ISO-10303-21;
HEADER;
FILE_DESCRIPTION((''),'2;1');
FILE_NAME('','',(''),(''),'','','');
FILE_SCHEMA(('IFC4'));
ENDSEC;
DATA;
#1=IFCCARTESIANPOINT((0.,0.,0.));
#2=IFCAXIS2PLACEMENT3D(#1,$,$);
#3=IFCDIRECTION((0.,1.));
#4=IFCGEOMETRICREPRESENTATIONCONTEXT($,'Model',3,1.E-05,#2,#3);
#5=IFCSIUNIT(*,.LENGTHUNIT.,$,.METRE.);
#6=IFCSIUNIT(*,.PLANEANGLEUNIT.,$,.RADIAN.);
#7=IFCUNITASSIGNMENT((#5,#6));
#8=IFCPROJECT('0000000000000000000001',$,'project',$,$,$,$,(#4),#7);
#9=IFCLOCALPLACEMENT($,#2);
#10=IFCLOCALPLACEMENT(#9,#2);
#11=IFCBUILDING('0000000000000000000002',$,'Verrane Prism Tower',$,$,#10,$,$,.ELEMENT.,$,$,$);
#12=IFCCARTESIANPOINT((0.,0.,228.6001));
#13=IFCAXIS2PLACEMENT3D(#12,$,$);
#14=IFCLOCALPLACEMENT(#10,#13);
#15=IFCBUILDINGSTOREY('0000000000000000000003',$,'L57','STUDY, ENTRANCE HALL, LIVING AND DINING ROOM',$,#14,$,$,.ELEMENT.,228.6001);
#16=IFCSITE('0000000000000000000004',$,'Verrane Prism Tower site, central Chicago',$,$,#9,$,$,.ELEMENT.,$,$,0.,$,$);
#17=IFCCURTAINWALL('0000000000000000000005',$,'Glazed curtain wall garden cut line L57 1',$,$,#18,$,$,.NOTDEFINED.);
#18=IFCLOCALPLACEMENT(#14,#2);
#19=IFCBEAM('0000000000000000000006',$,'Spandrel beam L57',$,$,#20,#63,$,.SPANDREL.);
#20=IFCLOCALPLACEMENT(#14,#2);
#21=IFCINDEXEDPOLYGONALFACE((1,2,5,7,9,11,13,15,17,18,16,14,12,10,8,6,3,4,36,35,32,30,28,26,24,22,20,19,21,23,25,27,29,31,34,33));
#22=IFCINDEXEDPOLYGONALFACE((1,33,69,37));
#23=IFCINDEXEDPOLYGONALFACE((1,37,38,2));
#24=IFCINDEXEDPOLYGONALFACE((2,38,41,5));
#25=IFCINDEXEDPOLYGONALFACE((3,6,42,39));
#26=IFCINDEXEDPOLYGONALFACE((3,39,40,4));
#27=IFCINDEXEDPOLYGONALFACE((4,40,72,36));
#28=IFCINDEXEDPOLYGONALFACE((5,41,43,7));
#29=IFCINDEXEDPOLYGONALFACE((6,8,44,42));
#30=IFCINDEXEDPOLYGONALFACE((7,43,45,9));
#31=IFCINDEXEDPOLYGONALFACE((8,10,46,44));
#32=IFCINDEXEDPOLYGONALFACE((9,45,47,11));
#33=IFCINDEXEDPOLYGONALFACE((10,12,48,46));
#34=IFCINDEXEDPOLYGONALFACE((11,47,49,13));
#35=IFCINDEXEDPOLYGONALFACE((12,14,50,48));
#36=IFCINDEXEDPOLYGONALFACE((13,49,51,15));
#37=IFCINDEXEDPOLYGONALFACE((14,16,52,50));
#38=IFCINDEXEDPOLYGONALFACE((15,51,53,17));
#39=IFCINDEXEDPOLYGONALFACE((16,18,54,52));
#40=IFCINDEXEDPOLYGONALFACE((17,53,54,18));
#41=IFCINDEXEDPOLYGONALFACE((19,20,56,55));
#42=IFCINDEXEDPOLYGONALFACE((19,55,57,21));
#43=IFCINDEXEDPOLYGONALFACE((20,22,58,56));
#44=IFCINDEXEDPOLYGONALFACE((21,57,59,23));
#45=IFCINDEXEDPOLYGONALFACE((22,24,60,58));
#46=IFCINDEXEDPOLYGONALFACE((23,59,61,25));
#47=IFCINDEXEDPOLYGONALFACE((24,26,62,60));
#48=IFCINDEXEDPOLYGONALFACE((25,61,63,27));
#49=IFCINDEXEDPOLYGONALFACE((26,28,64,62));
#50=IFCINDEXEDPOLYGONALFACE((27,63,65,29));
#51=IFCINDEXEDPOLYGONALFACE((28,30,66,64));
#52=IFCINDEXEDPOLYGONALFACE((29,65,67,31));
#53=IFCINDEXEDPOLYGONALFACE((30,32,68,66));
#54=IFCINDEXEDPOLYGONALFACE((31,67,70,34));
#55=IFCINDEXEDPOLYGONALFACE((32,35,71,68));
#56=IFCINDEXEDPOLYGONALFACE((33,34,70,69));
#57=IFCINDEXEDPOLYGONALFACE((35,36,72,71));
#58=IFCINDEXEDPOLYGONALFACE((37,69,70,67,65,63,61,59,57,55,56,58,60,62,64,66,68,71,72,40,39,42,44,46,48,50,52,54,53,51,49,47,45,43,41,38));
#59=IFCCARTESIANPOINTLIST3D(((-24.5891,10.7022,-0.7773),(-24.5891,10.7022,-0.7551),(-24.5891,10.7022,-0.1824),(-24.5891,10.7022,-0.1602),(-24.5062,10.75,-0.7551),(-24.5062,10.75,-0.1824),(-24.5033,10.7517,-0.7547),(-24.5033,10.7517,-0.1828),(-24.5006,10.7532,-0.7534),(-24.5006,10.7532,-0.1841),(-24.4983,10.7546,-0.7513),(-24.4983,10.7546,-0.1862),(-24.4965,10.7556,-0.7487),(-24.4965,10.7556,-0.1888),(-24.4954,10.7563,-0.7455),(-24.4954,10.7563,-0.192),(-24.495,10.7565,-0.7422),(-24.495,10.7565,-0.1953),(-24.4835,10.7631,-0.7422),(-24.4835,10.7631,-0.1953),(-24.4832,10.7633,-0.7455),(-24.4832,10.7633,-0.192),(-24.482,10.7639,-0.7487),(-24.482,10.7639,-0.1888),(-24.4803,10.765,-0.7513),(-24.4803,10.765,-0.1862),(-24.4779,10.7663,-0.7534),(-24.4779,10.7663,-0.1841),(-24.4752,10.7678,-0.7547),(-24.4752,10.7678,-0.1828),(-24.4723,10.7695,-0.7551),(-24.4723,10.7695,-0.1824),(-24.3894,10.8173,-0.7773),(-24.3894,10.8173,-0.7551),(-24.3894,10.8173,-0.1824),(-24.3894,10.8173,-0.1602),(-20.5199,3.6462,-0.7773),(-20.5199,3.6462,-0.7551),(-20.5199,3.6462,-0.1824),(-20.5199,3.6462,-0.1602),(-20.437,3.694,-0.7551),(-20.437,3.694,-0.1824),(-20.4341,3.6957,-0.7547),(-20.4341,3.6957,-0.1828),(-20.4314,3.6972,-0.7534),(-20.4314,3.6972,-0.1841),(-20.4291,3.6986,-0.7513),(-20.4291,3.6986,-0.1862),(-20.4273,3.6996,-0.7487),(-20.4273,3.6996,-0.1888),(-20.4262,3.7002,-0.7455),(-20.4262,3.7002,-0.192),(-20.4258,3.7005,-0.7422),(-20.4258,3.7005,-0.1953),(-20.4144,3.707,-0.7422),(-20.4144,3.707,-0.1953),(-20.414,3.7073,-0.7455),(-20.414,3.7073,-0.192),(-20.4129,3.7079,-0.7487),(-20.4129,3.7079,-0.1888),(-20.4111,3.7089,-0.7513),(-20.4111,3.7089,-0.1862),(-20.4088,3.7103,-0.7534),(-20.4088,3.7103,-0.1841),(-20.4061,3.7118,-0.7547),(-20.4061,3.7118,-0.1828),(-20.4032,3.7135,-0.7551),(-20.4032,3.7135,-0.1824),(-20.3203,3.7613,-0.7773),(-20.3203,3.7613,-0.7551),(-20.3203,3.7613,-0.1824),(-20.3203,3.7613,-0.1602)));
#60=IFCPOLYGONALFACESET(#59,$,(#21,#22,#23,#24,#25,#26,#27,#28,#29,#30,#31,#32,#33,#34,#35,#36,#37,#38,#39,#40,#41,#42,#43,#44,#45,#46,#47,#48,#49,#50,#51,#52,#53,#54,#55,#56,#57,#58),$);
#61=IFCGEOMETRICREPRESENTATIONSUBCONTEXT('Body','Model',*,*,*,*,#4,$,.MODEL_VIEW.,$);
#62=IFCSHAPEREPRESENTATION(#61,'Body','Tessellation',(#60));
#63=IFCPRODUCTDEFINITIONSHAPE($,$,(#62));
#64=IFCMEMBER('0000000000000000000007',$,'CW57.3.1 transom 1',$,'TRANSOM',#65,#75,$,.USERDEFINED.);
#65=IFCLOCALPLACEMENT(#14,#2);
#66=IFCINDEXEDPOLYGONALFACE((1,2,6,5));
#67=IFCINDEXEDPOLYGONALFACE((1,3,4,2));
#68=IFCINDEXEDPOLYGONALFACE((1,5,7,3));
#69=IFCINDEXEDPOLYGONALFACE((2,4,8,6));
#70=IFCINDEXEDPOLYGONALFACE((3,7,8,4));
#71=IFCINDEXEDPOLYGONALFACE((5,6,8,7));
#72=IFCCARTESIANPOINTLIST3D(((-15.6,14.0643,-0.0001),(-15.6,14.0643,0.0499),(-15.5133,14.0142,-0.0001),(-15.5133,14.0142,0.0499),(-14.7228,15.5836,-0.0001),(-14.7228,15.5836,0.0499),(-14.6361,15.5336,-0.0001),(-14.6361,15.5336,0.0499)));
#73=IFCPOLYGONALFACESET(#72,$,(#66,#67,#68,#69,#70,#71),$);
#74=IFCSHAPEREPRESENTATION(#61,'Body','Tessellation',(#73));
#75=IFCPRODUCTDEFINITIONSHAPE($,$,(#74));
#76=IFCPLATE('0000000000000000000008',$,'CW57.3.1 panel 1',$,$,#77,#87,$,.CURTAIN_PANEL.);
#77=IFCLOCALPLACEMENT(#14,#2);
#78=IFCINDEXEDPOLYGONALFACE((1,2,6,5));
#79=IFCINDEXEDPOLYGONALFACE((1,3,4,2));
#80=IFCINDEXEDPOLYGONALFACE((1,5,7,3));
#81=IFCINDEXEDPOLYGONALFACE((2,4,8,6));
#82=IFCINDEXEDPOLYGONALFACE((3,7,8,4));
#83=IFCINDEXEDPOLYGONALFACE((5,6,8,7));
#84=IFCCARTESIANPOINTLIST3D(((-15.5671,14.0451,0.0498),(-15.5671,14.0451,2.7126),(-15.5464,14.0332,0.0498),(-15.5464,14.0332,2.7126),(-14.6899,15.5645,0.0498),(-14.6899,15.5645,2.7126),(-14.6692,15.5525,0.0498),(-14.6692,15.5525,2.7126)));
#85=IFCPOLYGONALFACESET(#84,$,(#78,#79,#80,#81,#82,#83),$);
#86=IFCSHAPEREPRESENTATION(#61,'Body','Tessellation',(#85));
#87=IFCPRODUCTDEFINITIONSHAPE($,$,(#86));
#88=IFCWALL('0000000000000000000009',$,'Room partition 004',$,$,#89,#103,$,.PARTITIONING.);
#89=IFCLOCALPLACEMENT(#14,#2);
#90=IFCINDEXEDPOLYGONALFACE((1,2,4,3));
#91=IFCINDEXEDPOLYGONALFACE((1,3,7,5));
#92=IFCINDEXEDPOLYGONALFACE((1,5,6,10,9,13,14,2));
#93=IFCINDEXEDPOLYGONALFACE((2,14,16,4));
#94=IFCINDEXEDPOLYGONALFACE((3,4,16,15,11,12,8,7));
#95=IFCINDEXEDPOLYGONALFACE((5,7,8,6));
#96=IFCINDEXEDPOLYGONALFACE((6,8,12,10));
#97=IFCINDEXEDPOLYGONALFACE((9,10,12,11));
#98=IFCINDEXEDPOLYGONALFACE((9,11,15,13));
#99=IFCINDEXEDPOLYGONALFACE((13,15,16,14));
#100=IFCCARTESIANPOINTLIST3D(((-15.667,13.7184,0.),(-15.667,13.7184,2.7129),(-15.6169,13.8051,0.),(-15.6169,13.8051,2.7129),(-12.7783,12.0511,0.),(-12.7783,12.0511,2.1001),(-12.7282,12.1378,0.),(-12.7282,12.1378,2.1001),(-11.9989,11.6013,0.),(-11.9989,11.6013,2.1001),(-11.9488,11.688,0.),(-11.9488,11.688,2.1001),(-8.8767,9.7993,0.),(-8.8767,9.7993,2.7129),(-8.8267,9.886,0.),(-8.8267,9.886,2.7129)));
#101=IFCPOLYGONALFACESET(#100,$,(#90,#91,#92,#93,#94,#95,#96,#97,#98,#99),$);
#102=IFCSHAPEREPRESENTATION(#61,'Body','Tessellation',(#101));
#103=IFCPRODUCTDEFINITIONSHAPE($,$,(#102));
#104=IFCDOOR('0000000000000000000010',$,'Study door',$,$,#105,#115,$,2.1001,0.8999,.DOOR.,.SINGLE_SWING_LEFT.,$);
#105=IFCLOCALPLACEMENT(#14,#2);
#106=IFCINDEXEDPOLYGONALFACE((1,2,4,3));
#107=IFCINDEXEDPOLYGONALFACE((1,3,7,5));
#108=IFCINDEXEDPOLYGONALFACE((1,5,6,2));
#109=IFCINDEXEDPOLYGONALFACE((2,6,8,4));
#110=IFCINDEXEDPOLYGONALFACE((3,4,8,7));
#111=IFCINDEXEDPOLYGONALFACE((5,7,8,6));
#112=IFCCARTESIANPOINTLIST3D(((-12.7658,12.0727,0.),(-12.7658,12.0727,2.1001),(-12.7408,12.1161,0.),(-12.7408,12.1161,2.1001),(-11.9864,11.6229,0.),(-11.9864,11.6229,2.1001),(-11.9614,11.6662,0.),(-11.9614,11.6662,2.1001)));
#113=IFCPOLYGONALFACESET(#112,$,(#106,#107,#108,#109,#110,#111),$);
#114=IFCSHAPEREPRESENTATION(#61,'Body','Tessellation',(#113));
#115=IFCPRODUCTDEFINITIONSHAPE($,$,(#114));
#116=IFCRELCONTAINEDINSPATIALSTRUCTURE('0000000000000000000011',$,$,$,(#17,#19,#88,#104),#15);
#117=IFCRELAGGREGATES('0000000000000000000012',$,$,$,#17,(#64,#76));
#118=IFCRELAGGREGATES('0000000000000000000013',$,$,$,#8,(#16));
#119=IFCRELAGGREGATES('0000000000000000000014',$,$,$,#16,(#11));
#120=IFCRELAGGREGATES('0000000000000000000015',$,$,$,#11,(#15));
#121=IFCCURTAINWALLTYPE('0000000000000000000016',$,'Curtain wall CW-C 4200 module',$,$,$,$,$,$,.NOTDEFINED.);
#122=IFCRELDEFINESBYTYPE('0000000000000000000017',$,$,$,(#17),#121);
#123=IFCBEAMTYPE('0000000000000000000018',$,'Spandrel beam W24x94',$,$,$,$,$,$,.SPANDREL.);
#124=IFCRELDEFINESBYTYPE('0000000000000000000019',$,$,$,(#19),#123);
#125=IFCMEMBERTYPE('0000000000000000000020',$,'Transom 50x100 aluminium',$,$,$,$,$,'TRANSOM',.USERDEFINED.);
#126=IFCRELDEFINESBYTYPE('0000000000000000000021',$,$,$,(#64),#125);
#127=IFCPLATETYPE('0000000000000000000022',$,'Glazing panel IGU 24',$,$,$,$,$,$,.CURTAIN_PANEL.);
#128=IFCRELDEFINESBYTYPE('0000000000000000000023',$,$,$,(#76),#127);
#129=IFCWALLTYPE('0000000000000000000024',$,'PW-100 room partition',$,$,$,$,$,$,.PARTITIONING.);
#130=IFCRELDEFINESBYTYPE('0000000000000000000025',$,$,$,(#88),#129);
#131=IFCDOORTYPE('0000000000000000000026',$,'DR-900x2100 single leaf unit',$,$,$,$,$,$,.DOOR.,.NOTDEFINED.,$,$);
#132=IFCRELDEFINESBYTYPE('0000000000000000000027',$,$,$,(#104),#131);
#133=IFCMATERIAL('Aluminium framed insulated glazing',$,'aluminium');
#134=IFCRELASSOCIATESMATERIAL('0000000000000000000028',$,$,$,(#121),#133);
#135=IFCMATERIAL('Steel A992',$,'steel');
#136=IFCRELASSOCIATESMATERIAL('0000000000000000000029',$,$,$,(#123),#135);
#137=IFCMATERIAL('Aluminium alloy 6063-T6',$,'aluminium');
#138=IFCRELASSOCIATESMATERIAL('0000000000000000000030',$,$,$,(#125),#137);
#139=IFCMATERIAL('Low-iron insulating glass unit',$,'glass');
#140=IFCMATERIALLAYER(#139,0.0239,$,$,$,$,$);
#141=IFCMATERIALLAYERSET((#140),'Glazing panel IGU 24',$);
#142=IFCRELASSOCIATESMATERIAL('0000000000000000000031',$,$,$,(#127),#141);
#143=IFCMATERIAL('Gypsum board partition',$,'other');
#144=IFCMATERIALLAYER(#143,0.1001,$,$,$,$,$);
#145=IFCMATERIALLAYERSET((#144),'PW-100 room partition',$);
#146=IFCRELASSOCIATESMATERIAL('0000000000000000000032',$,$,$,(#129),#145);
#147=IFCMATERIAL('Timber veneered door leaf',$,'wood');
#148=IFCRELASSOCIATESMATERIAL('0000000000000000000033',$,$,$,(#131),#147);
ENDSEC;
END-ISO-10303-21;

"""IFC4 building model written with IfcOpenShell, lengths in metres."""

from ifc_helpers import new_model, si_unit, direction, frame, frame_2d, origin, origin_2d, place, context, subcontext, project, spatial, rectangle, i_section, extrude, material, layer, layer_set, material_profile, profile_set, type_object, element, fill, aggregate, save


model = new_model("IFC4")

# Units and contexts
model_context = context("Model", 3, precision=1e-05, world=origin(), true_north=direction((0.0, 1.0)))
body_context = subcontext(model_context, "Body", "Model", "MODEL_VIEW")
ifc_project = project(units=[si_unit("LENGTHUNIT", "METRE"), si_unit("PLANEANGLEUNIT", "RADIAN")], contexts=[model_context])

# Site, building, storey
site_placement = place(None, origin())
site = spatial("IfcSite", under=ifc_project, at=site_placement, Name="Verrane Prism Tower site, central Chicago", CompositionType="ELEMENT", RefElevation=0.0)
building_placement = place(site_placement, origin())
building = spatial("IfcBuilding", under=site, at=building_placement, Name="Verrane Prism Tower", CompositionType="ELEMENT")
storey_placement = place(building_placement, frame((0.0, 0.0, 228.6001)))
storey = spatial("IfcBuildingStorey", under=building, at=storey_placement, Name="L57", Description="STUDY, ENTRANCE HALL, LIVING AND DINING ROOM", CompositionType="ELEMENT", Elevation=228.6001)

# Curtain wall
ifc_material_1 = material(Name="Aluminium framed insulated glazing", Category="aluminium")
curtain_wall_type = type_object("IfcCurtainWallType", Name="Curtain wall CW-C 4200 module", PredefinedType="NOTDEFINED", material=ifc_material_1)
curtain_wall_placement = place(storey_placement, origin())
curtain_wall = element("IfcCurtainWall", 1, at=curtain_wall_placement, inside=storey, type_object=curtain_wall_type, Name="Glazed curtain wall garden cut line L57 1", PredefinedType="NOTDEFINED")

# Beam
ifc_material_2 = material(Name="Steel A992", Category="steel")
ifc_material_profile_1 = material_profile(ifc_material_2, i_section(OverallWidth=0.2305, OverallDepth=0.6172, WebThickness=0.0132, FlangeThickness=0.0222, FilletRadius=0.0129, at=origin_2d()), Name="W24x94")
ifc_profile_set_1 = profile_set([ifc_material_profile_1], Name="Steel A992")
beam_type_1 = type_object("IfcBeamType", Name="Spandrel beam W24x94", PredefinedType="SPANDREL", material=ifc_profile_set_1)
beam_1_placement = place(storey_placement, frame((-24.4893, 10.7598, -0.4688), z_axis=(0.499573, -0.866272, 0.0), x_axis=(0.866272, 0.499573, 0.0)))
element("IfcBeam", 2, at=beam_1_placement, inside=storey, type_object=beam_type_1, Name="Spandrel beam L57", PredefinedType="SPANDREL", context=body_context, shape_type="SweptSolid", body=[
    extrude(i_section(OverallWidth=0.2305, OverallDepth=0.6172, WebThickness=0.0132, FlangeThickness=0.0222, FilletRadius=0.0129, at=origin_2d()), origin(), (0.0, 0.0, 1.0), 8.1453),
])

# Member
ifc_material_3 = material(Name="Aluminium alloy 6063-T6", Category="aluminium")
ifc_material_profile_2 = material_profile(ifc_material_3, rectangle(XDim=0.1001, YDim=0.05, at=origin_2d()), Name="Transom 50x100 aluminium")
ifc_profile_set_2 = profile_set([ifc_material_profile_2], Name="Aluminium alloy 6063-T6")
member_type_1 = type_object("IfcMemberType", Name="Transom 50x100 aluminium", ElementType="TRANSOM", PredefinedType="USERDEFINED", material=ifc_profile_set_2)
member_1_placement = place(storey_placement, frame((-14.6794, 15.5586, 0.0249), z_axis=(-0.500016, -0.866016, 0.0), x_axis=(0.866016, -0.500016, 0.0)))
member_1 = element("IfcMember", 3, at=member_1_placement, type_object=member_type_1, Name="CW57.3.1 transom 1", ObjectType="TRANSOM", PredefinedType="USERDEFINED", context=body_context, shape_type="SweptSolid", body=[
    extrude(rectangle(XDim=0.1001, YDim=0.05, at=origin_2d()), origin(), (0.0, 0.0, 1.0), 1.7544),
])

# Plate
ifc_material_4 = material(Name="Low-iron insulating glass unit", Category="glass")
ifc_layer_1 = layer(ifc_material_4, 0.0239)
ifc_layer_set_1 = layer_set([ifc_layer_1], Name="Glazing panel IGU 24")
plate_type = type_object("IfcPlateType", Name="Glazing panel IGU 24", PredefinedType="CURTAIN_PANEL", material=ifc_layer_set_1)
plate_placement = place(storey_placement, frame((-15.1182, 14.7988, 0.0498), z_axis=(0.0, 0.0, 1.0), x_axis=(-0.499973, -0.866041, 0.0)))
plate = element("IfcPlate", 4, at=plate_placement, type_object=plate_type, Name="CW57.3.1 panel 1", PredefinedType="CURTAIN_PANEL", context=body_context, shape_type="SweptSolid", body=[
    extrude(rectangle(XDim=1.7544, YDim=0.0239, at=origin_2d()), origin(), (0.0, 0.0, 1.0), 2.6628),
])
aggregate(curtain_wall, [member_1, plate])

# Wall, opening, door
ifc_material_5 = material(Name="Gypsum board partition", Category="other")
ifc_layer_2 = layer(ifc_material_5, 0.1001)
ifc_layer_set_2 = layer_set([ifc_layer_2], Name="PW-100 room partition")
wall_type_1 = type_object("IfcWallType", Name="PW-100 room partition", PredefinedType="PARTITIONING", material=ifc_layer_set_2)
wall_1_placement = place(storey_placement, frame((-15.6418, 13.7617, 0.0), z_axis=(0.0, 0.0, 1.0), x_axis=(0.866091, -0.499887, 0.0)))
wall_1 = element("IfcWall", 5, at=wall_1_placement, inside=storey, type_object=wall_type_1, Name="Room partition 004", PredefinedType="PARTITIONING", context=body_context, shape_type="SweptSolid", body=[
    extrude(rectangle(XDim=7.8401, YDim=0.1001, at=frame_2d((3.9199, 0.0))), origin(), (0.0, 0.0, 1.0), 2.7129),
])
opening_1_placement = place(wall_1_placement, frame((3.3352, 0.0, 0.0)))
opening_1 = element("IfcOpeningElement", 6, at=opening_1_placement, cuts=wall_1, PredefinedType="OPENING", context=body_context, shape_type="SweptSolid", body=[
    extrude(rectangle(XDim=0.8999, YDim=2.1001, at=frame_2d((0.45, 1.05))), frame((0.0, 0.0601, 0.0), z_axis=(0.0, -1.0, 0.0), x_axis=(1.0, 0.0, 0.0)), (0.0, 0.0, 1.0), 0.1201),
])
ifc_material_6 = material(Name="Timber veneered door leaf", Category="wood")
door_type_1 = type_object("IfcDoorType", Name="DR-900x2100 single leaf unit", OperationType="NOTDEFINED", PredefinedType="DOOR", material=ifc_material_6)
door_1_placement = place(opening_1_placement, origin())
door_1 = element("IfcDoor", 7, at=door_1_placement, inside=storey, type_object=door_type_1, Name="Study door", OperationType="SINGLE_SWING_LEFT", OverallHeight=2.1001, OverallWidth=0.8999, PredefinedType="DOOR", context=body_context, shape_type="SweptSolid", body=[
    extrude(rectangle(XDim=0.8999, YDim=2.1001, at=frame_2d((0.45, 1.05))), frame((0.0, 0.0249, 0.0), z_axis=(0.0, -1.0, 0.0), x_axis=(1.0, 0.0, 0.0)), (0.0, 0.0, 1.0), 0.05),
])
fill(opening_1, door_1)

save(model, "model.ifc")
